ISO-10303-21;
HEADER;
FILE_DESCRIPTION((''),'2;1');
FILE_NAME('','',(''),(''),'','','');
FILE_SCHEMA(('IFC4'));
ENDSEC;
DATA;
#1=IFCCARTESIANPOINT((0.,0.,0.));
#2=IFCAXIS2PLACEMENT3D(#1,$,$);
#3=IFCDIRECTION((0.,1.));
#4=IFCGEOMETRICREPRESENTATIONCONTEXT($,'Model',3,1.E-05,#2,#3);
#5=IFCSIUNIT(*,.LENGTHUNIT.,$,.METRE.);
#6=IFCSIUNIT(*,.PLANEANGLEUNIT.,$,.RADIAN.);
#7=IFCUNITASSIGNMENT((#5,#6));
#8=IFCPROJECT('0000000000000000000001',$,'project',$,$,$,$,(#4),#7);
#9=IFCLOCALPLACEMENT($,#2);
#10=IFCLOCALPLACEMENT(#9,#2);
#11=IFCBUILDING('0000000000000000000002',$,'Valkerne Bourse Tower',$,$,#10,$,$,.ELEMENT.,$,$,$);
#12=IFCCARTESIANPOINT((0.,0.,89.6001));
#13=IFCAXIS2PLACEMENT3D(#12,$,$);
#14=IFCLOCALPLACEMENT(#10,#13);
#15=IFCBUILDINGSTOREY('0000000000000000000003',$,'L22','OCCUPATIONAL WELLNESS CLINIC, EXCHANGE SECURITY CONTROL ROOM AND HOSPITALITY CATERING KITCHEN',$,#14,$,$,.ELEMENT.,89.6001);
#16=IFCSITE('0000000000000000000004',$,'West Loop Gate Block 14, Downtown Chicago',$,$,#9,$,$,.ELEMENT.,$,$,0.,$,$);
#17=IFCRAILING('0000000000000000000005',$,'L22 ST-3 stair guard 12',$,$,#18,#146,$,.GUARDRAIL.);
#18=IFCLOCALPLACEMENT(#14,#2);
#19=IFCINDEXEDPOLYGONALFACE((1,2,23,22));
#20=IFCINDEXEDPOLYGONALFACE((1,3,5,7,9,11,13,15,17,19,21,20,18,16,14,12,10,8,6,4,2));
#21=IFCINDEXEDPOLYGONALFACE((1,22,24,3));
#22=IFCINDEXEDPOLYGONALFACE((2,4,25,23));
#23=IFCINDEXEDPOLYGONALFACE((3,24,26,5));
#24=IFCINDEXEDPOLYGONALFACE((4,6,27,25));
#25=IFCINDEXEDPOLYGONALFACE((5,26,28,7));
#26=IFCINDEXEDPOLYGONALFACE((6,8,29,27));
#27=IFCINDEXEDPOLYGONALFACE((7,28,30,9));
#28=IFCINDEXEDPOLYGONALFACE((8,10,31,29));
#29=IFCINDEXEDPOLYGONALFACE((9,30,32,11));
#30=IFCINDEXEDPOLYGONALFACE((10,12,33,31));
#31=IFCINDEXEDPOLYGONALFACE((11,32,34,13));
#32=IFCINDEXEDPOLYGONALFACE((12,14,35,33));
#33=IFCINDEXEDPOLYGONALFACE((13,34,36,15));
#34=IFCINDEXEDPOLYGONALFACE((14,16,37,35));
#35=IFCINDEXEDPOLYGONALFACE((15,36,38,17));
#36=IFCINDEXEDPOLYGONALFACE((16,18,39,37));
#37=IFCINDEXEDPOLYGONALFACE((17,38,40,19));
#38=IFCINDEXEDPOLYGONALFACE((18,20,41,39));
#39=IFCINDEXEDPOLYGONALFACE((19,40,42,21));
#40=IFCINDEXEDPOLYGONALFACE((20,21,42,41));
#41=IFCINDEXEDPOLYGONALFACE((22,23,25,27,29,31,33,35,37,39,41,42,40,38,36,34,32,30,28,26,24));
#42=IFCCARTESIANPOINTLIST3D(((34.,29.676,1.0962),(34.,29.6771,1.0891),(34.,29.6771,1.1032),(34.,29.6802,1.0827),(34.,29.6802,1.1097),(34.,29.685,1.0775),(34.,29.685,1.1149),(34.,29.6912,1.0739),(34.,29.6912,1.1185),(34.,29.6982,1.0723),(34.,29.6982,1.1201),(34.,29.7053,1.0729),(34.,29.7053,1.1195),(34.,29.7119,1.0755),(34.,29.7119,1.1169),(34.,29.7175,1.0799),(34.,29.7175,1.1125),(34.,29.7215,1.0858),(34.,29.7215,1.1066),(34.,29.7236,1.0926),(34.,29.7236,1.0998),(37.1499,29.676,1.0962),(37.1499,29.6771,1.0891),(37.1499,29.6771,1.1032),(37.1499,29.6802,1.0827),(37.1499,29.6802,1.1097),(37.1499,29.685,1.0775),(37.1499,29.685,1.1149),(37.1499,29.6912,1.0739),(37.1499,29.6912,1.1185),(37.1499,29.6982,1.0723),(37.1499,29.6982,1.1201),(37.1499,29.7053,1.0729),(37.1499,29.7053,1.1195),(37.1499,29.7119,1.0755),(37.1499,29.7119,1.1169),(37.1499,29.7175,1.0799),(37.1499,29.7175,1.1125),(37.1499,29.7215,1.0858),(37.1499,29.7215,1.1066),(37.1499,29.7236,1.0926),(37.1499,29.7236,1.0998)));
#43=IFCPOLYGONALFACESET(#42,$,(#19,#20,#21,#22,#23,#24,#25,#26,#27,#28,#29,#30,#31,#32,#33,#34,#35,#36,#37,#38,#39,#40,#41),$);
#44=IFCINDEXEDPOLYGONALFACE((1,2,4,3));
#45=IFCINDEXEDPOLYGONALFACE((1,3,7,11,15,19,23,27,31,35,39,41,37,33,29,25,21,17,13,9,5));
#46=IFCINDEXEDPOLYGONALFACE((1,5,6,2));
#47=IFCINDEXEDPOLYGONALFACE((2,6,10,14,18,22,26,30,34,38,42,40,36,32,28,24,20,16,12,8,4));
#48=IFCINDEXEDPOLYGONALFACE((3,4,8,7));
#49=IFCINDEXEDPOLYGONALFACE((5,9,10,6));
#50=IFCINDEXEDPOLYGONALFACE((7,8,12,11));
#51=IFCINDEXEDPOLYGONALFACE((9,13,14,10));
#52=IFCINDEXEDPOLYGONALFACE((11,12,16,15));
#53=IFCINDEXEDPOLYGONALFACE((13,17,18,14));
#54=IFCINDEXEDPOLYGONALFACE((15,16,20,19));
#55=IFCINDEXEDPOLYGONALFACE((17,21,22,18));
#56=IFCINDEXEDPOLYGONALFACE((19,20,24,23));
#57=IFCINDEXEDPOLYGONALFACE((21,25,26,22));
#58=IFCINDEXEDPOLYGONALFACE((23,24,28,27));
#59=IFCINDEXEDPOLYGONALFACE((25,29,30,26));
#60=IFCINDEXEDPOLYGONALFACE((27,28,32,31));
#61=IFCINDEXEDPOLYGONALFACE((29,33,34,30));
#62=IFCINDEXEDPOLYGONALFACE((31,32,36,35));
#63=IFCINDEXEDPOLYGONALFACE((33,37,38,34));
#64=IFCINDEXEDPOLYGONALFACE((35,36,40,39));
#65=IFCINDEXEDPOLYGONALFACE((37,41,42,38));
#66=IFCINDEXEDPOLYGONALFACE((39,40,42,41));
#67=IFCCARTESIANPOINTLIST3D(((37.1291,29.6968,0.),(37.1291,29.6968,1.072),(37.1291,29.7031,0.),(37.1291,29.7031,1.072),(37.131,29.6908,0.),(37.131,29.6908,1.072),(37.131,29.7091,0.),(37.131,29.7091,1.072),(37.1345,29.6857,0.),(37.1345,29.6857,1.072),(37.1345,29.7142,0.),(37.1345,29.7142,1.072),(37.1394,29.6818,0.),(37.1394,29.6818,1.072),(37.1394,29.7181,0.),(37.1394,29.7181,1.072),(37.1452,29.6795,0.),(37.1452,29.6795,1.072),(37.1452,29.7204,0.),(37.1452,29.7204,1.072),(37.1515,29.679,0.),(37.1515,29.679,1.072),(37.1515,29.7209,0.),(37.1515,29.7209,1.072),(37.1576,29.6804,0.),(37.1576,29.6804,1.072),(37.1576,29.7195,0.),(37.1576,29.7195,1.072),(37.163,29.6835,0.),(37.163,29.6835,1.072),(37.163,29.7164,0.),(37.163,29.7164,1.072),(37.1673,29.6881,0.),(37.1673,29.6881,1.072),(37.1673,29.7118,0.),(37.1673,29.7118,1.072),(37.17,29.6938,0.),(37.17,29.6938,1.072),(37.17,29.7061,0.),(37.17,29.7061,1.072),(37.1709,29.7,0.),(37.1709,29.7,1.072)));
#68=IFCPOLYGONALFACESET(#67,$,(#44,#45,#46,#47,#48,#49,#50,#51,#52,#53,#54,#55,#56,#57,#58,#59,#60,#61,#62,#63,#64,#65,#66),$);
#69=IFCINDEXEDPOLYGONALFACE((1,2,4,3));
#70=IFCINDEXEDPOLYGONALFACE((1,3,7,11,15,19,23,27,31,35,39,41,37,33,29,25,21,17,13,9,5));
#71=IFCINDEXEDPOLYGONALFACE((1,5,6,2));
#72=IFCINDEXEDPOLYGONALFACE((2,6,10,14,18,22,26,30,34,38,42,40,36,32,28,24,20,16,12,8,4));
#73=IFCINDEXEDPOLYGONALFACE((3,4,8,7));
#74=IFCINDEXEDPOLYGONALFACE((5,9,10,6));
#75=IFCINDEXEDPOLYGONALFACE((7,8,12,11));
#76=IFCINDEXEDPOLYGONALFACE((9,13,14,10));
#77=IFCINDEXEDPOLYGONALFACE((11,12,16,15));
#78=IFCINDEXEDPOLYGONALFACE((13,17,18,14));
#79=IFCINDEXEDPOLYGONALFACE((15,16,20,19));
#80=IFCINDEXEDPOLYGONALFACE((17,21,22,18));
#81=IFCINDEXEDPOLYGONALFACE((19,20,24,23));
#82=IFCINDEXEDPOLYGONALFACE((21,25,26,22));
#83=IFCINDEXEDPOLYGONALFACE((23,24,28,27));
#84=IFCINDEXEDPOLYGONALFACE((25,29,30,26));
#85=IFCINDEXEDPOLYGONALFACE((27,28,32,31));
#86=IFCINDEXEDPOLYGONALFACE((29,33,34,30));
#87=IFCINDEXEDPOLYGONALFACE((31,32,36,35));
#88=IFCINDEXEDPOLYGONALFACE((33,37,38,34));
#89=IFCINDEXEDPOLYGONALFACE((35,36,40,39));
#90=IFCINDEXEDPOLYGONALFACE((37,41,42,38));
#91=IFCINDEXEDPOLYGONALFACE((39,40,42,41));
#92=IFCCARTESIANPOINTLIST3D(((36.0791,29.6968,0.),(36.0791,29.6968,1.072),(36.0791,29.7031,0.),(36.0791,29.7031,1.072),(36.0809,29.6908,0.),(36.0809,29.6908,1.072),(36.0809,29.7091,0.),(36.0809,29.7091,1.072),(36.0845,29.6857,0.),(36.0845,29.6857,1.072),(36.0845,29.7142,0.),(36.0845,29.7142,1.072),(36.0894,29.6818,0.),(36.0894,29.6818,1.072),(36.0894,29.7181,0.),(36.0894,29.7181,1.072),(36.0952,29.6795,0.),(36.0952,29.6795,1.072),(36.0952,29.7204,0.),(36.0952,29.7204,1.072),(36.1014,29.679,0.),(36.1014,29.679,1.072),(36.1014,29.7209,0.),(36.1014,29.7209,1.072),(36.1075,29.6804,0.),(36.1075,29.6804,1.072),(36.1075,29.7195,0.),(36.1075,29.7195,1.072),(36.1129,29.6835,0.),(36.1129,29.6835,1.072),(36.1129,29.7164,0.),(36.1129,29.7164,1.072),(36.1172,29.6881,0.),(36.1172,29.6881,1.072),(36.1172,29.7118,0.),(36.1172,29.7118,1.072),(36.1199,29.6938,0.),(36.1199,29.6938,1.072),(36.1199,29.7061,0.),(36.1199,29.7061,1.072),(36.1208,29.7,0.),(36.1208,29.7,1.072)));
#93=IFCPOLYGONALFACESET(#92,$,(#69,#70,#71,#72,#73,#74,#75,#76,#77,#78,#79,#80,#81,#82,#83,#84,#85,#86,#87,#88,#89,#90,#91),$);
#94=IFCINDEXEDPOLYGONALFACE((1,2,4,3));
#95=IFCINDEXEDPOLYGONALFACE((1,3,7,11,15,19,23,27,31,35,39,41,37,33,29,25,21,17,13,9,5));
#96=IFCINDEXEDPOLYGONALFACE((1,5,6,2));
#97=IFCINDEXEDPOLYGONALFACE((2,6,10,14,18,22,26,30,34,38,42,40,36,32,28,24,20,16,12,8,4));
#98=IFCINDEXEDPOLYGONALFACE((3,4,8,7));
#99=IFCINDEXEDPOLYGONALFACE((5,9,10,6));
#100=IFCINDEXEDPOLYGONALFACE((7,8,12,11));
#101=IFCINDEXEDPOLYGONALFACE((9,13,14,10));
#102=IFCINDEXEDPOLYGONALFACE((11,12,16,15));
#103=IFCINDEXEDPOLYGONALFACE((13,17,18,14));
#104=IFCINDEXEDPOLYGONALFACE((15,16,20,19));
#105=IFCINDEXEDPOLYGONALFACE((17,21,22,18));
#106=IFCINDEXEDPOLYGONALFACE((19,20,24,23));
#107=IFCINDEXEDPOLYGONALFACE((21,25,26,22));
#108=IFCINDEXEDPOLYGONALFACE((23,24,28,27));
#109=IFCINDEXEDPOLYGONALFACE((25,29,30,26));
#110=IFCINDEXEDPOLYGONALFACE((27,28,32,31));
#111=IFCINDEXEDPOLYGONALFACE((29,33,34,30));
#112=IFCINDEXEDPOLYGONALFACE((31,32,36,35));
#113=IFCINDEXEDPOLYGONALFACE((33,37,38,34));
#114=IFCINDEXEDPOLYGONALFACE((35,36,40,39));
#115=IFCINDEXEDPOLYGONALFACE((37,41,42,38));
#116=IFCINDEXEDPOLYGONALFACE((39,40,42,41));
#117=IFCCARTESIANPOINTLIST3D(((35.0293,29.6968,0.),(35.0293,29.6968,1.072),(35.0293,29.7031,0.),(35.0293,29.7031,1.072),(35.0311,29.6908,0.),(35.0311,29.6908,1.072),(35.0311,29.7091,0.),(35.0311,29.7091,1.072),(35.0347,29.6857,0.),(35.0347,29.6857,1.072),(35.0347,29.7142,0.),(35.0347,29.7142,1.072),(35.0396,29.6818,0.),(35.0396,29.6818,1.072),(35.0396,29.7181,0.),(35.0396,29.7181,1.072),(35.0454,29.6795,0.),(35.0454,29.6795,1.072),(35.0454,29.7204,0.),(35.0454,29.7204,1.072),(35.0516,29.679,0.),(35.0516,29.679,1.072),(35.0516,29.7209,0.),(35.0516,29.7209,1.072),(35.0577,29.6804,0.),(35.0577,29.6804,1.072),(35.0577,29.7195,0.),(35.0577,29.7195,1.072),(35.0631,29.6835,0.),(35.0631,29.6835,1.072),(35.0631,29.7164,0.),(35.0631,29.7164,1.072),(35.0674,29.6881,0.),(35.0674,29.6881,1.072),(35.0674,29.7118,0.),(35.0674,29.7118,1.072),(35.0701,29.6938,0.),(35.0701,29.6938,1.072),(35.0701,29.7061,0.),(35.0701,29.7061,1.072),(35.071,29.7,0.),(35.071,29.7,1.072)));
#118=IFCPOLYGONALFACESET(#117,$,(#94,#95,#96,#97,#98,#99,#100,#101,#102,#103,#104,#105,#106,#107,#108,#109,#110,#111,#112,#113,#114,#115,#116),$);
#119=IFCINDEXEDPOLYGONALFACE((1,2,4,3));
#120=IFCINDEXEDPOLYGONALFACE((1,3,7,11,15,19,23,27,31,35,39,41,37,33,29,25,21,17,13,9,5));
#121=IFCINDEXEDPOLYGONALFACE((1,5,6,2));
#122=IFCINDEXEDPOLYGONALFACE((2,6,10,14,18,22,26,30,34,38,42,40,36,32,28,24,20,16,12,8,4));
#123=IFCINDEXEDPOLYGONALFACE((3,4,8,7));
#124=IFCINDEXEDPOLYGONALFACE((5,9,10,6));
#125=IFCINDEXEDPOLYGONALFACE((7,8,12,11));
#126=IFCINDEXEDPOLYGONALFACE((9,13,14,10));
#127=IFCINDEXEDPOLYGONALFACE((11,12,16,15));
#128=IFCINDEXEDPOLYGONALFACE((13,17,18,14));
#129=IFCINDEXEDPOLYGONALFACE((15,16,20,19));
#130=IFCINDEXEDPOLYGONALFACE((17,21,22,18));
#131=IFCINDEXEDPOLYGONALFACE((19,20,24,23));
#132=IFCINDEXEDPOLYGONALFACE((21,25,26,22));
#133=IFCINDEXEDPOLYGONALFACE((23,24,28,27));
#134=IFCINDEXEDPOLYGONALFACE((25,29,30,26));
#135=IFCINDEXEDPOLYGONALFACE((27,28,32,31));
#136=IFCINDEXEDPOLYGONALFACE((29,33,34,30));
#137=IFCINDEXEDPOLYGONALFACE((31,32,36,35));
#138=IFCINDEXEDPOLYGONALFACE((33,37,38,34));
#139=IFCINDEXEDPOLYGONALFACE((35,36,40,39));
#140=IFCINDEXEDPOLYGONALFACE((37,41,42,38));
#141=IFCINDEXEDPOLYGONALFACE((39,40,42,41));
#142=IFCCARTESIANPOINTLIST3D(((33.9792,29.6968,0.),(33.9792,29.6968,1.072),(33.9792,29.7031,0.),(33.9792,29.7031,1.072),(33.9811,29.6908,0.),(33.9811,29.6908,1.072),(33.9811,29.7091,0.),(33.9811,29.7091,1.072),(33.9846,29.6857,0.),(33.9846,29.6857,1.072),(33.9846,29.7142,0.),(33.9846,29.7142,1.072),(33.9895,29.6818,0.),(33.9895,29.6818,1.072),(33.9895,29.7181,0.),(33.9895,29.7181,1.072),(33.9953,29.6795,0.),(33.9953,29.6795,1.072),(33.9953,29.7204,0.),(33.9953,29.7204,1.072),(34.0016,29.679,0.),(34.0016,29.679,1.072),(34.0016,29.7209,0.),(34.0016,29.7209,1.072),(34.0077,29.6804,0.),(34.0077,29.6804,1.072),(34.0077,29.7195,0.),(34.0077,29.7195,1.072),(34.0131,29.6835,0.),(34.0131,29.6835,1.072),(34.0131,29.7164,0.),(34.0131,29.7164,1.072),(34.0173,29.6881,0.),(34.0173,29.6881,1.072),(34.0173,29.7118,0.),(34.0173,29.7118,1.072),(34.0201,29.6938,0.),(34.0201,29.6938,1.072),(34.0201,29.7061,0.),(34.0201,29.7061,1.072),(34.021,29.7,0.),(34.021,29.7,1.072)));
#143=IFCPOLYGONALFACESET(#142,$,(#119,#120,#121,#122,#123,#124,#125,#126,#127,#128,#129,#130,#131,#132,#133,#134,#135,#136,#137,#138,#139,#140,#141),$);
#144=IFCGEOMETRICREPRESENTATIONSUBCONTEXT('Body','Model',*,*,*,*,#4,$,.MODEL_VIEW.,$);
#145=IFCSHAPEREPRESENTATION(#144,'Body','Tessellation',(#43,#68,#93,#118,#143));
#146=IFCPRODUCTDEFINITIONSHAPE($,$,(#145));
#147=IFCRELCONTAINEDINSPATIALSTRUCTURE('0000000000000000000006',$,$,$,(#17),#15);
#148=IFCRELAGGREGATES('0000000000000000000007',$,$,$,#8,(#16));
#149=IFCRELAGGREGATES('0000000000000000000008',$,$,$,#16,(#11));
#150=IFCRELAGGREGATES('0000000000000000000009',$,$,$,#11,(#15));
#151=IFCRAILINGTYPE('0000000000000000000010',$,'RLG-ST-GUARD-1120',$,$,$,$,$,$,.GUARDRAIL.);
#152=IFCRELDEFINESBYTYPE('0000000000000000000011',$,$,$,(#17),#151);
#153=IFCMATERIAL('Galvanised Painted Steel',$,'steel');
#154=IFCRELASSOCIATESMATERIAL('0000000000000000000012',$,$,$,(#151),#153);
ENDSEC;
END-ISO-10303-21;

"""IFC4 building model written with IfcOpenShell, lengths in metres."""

from ifc_helpers import new_model, si_unit, direction, frame, origin, origin_2d, place, context, subcontext, project, spatial, circle, extrude, material, type_object, element, save


model = new_model("IFC4")

# Units and contexts
model_context = context("Model", 3, precision=1e-05, world=origin(), true_north=direction((0.0, 1.0)))
body_context = subcontext(model_context, "Body", "Model", "MODEL_VIEW")
ifc_project = project(units=[si_unit("LENGTHUNIT", "METRE"), si_unit("PLANEANGLEUNIT", "RADIAN")], contexts=[model_context])

# Site, building, storey
site_placement = place(None, origin())
site = spatial("IfcSite", under=ifc_project, at=site_placement, Name="West Loop Gate Block 14, Downtown Chicago", CompositionType="ELEMENT", RefElevation=0.0)
building_placement = place(site_placement, origin())
building = spatial("IfcBuilding", under=site, at=building_placement, Name="Valkerne Bourse Tower", CompositionType="ELEMENT")
storey_placement = place(building_placement, frame((0.0, 0.0, 89.6001)))
storey = spatial("IfcBuildingStorey", under=building, at=storey_placement, Name="L22", Description="OCCUPATIONAL WELLNESS CLINIC, EXCHANGE SECURITY CONTROL ROOM AND HOSPITALITY CATERING KITCHEN", CompositionType="ELEMENT", Elevation=89.6001)

# Shared definitions
ifc_material_1 = material(Name="Galvanised Painted Steel", Category="steel")

# Railing
railing_type_1 = type_object("IfcRailingType", Name="RLG-ST-GUARD-1120", PredefinedType="GUARDRAIL", material=ifc_material_1)
railing_1_placement = place(storey_placement, frame((37.1499, 29.7, 0.0)))
element("IfcRailing", 1, at=railing_1_placement, inside=storey, type_object=railing_type_1, Name="L22 ST-3 stair guard 12", PredefinedType="GUARDRAIL", context=body_context, shape_type="SweptSolid", body=[
    extrude(circle(Radius=0.0239, at=origin_2d()), frame((0.0, 0.0, 1.0962), z_axis=(-1.0, 0.0, 0.0), x_axis=(0.0, -1.0, 0.0)), (0.0, 0.0, 1.0), 3.1499),
    extrude(circle(Radius=0.021, at=origin_2d()), origin(), (0.0, 0.0, 1.0), 1.072),
    extrude(circle(Radius=0.021, at=origin_2d()), frame((-1.05, 0.0, 0.0)), (0.0, 0.0, 1.0), 1.072),
    extrude(circle(Radius=0.021, at=origin_2d()), frame((-2.0999, 0.0, 0.0)), (0.0, 0.0, 1.0), 1.072),
    extrude(circle(Radius=0.021, at=origin_2d()), frame((-3.1499, 0.0, 0.0)), (0.0, 0.0, 1.0), 1.072),
])

save(model, "model.ifc")
